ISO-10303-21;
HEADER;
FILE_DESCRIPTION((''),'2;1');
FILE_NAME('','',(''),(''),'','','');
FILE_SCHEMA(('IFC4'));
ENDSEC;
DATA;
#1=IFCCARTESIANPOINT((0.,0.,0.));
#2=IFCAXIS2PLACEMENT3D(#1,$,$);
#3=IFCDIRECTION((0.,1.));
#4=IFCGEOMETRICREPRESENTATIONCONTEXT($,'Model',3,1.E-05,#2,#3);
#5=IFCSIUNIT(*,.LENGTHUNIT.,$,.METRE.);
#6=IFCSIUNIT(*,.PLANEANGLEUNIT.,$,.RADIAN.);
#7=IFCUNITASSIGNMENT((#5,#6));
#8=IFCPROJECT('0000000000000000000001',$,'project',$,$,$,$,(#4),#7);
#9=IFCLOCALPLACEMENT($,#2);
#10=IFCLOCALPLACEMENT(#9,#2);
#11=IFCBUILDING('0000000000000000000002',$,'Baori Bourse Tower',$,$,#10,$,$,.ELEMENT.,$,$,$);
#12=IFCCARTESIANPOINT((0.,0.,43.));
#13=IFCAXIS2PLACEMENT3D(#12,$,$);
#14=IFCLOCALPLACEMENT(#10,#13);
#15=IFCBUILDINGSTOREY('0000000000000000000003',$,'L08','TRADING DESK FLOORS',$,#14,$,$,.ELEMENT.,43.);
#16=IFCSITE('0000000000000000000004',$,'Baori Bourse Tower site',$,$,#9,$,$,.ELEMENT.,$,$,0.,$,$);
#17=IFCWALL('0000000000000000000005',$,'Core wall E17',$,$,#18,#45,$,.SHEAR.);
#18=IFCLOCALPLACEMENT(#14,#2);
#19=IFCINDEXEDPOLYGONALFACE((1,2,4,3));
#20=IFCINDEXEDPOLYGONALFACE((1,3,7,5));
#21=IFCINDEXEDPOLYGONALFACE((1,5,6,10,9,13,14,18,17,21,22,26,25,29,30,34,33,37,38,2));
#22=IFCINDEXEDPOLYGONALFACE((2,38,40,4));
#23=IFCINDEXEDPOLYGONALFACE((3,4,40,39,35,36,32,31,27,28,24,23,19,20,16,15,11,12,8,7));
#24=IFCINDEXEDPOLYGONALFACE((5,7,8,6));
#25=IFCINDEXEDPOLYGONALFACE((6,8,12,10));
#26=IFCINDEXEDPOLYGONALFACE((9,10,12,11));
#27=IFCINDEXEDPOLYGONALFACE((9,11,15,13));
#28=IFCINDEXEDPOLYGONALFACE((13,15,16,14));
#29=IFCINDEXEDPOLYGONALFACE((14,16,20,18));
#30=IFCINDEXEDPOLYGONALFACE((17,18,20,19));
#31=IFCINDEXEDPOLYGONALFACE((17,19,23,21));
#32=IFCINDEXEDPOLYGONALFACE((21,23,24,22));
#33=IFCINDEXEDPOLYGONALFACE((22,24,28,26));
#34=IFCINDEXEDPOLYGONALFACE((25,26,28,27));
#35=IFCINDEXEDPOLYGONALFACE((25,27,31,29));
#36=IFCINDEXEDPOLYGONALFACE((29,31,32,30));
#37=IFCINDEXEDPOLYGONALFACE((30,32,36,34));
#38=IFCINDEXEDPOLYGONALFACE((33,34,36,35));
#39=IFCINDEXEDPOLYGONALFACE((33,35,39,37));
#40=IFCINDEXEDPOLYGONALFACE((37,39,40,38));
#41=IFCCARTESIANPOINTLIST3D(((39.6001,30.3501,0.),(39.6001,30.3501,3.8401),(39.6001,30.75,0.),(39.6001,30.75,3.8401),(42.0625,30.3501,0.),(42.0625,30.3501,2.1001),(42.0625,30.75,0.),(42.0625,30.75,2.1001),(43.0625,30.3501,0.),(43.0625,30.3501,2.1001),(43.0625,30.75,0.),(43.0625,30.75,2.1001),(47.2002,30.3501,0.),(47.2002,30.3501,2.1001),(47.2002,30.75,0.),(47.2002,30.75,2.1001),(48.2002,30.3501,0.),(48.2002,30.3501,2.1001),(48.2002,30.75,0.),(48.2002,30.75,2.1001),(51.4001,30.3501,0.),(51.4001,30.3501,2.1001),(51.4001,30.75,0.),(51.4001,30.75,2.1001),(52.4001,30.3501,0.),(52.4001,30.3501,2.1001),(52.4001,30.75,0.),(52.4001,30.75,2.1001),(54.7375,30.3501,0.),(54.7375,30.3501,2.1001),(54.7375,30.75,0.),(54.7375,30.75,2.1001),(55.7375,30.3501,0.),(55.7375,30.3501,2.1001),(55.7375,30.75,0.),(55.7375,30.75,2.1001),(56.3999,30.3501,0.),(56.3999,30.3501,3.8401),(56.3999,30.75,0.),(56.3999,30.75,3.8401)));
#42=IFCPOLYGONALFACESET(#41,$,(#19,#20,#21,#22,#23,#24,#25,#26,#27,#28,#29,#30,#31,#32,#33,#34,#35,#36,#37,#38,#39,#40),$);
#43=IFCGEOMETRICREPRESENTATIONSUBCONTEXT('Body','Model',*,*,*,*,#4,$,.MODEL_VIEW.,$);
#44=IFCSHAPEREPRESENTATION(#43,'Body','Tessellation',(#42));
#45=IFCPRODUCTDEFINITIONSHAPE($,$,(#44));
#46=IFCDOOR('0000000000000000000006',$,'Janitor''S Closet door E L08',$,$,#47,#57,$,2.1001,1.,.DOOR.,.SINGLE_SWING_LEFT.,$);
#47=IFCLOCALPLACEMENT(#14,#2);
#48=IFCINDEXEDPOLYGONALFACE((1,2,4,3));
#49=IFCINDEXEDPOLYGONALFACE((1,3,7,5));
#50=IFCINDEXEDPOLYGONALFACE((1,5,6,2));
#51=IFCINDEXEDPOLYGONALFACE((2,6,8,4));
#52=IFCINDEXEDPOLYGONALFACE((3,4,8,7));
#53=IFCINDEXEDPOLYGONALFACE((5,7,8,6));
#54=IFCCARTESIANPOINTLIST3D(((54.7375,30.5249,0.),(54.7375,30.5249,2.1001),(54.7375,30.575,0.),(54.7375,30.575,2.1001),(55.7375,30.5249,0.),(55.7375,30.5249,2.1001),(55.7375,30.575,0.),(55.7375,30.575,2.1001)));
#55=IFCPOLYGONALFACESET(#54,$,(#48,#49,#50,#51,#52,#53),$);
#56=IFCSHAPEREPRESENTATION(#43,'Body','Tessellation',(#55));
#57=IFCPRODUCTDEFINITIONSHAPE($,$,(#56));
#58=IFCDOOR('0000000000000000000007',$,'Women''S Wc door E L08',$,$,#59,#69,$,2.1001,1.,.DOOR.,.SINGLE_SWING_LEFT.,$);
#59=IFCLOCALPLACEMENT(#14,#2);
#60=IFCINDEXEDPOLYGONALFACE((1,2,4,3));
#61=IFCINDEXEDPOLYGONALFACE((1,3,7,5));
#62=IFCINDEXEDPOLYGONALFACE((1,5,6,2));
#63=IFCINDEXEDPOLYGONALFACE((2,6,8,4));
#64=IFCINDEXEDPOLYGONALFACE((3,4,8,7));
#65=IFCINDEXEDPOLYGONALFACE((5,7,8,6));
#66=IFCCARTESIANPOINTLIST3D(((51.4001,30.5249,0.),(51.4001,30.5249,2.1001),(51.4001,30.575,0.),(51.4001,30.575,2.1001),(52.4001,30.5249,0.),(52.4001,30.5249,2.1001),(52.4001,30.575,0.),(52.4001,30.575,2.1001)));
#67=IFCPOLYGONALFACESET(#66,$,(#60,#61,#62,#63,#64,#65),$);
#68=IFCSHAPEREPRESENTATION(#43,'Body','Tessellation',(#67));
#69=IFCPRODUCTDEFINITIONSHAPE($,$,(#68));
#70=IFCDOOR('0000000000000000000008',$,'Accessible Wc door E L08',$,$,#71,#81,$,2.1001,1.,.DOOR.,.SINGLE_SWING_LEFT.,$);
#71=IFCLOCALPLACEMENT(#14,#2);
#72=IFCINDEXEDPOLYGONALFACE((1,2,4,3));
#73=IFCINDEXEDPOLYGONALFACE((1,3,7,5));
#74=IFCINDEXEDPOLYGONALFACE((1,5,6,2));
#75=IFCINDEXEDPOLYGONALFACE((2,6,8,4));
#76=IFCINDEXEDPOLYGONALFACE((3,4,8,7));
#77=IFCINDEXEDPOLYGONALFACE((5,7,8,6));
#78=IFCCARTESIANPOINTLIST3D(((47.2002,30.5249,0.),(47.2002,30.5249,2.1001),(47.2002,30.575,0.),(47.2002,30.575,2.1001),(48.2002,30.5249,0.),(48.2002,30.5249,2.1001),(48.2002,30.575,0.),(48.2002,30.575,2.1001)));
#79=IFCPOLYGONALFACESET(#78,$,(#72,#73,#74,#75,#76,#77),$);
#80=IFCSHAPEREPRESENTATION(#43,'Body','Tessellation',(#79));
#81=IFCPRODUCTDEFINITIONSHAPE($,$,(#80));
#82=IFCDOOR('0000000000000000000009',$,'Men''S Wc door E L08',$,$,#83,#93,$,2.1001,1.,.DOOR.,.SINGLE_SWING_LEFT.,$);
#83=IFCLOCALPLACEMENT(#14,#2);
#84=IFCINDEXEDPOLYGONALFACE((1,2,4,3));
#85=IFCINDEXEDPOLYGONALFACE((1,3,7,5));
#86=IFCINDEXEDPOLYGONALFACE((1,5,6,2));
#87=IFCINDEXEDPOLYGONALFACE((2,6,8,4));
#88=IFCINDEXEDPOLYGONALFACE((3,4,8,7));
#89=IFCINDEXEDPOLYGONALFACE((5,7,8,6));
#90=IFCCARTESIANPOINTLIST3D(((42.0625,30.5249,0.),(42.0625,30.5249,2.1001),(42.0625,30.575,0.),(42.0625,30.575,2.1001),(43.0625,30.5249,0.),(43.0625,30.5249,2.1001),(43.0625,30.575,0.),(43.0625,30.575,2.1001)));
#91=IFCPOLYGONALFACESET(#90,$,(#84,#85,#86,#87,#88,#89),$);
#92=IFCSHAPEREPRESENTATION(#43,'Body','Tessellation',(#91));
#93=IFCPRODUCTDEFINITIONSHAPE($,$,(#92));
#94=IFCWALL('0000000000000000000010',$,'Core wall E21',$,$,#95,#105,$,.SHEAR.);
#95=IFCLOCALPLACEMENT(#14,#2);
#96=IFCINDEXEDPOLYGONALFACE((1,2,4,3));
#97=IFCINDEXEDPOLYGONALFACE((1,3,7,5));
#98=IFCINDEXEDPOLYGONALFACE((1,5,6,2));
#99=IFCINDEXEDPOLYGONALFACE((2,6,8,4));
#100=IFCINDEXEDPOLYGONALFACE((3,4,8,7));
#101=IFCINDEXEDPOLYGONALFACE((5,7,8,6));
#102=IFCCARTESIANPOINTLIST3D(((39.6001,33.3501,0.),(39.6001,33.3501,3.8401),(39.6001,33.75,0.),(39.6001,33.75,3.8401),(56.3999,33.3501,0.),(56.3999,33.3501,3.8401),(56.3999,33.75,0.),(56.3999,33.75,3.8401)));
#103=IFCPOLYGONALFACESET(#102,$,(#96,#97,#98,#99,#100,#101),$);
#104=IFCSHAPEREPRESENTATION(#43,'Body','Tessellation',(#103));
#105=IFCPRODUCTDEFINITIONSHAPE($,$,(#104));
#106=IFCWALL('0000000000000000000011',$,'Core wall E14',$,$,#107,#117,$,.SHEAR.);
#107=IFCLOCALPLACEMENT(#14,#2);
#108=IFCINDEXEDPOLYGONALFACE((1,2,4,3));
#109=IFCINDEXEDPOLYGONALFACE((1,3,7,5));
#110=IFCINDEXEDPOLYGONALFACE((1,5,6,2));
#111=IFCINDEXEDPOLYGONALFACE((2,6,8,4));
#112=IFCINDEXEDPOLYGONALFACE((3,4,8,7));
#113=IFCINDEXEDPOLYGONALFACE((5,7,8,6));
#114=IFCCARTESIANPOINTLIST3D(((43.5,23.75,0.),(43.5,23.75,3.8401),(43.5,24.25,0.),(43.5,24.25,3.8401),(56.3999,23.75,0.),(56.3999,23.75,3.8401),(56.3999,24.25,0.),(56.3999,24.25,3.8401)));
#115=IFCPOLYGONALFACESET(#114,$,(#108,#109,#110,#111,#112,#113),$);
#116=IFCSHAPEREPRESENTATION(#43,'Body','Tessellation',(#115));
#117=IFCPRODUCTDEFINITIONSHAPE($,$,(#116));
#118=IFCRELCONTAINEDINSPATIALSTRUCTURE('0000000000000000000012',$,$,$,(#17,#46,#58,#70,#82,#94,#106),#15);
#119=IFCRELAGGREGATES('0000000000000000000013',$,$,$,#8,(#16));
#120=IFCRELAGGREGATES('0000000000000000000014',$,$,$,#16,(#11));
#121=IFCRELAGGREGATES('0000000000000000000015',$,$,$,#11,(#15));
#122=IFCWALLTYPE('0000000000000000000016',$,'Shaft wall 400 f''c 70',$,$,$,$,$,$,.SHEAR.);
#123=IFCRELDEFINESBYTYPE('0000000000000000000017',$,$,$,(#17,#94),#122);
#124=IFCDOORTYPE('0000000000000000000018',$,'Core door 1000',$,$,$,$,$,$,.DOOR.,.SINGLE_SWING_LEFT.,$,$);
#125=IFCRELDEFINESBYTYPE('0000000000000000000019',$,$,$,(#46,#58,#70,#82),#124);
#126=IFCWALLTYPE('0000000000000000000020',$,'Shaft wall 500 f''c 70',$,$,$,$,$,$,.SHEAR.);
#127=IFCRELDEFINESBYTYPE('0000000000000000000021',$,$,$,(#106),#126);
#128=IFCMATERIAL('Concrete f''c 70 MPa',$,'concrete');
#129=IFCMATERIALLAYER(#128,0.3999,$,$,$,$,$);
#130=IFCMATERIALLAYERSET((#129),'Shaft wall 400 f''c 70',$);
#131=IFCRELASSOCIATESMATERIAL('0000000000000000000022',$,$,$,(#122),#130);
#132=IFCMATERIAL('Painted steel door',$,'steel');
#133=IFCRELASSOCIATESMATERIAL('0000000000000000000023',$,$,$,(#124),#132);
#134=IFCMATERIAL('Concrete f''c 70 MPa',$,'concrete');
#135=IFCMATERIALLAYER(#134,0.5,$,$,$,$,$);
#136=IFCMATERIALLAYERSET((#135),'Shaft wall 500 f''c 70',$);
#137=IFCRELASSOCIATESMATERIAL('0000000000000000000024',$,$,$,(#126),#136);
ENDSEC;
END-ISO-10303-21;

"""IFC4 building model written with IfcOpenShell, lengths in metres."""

from ifc_helpers import new_model, si_unit, direction, frame, frame_2d, origin, place, context, subcontext, project, spatial, rectangle, extrude, material, layer, layer_set, type_object, element, fill, save


model = new_model("IFC4")

# Units and contexts
model_context = context("Model", 3, precision=1e-05, world=origin(), true_north=direction((0.0, 1.0)))
body_context = subcontext(model_context, "Body", "Model", "MODEL_VIEW")
ifc_project = project(units=[si_unit("LENGTHUNIT", "METRE"), si_unit("PLANEANGLEUNIT", "RADIAN")], contexts=[model_context])

# Site, building, storey
site_placement = place(None, origin())
site = spatial("IfcSite", under=ifc_project, at=site_placement, Name="Baori Bourse Tower site", CompositionType="ELEMENT", RefElevation=0.0)
building_placement = place(site_placement, origin())
building = spatial("IfcBuilding", under=site, at=building_placement, Name="Baori Bourse Tower", CompositionType="ELEMENT")
storey_placement = place(building_placement, frame((0.0, 0.0, 43.0)))
storey = spatial("IfcBuildingStorey", under=building, at=storey_placement, Name="L08", Description="TRADING DESK FLOORS", CompositionType="ELEMENT", Elevation=43.0)

# Wall, openings, doors
ifc_material_1 = material(Name="Concrete f'c 70 MPa", Category="concrete")
ifc_layer_1 = layer(ifc_material_1, 0.3999)
ifc_layer_set_1 = layer_set([ifc_layer_1], Name="Shaft wall 400 f'c 70")
wall_type_1 = type_object("IfcWallType", Name="Shaft wall 400 f'c 70", PredefinedType="SHEAR", material=ifc_layer_set_1)
wall_1_placement = place(storey_placement, frame((39.6001, 30.55, 0.0), z_axis=(0.0, 0.0, 1.0), x_axis=(1.0, 0.0, 0.0)))
wall_1 = element("IfcWall", 1, at=wall_1_placement, inside=storey, type_object=wall_type_1, Name="Core wall E17", PredefinedType="SHEAR", context=body_context, shape_type="SweptSolid", body=[
    extrude(rectangle(XDim=16.7998, YDim=0.3999, at=frame_2d((8.3999, 0.0))), origin(), (0.0, 0.0, 1.0), 3.8401),
])
opening_1_placement = place(wall_1_placement, frame((15.1375, 0.0, 0.0)))
opening_1 = element("IfcOpeningElement", 2, at=opening_1_placement, cuts=wall_1, PredefinedType="OPENING", context=body_context, shape_type="SweptSolid", body=[
    extrude(rectangle(XDim=1.0, YDim=2.1001, at=frame_2d((0.5, 1.05))), frame((0.0, 0.21, 0.0), z_axis=(0.0, -1.0, 0.0), x_axis=(1.0, 0.0, 0.0)), (0.0, 0.0, 1.0), 0.4199),
])
opening_2_placement = place(wall_1_placement, frame((11.8, 0.0, 0.0)))
opening_2 = element("IfcOpeningElement", 3, at=opening_2_placement, cuts=wall_1, PredefinedType="OPENING", context=body_context, shape_type="SweptSolid", body=[
    extrude(rectangle(XDim=1.0, YDim=2.1001, at=frame_2d((0.5, 1.05))), frame((0.0, 0.21, 0.0), z_axis=(0.0, -1.0, 0.0), x_axis=(1.0, 0.0, 0.0)), (0.0, 0.0, 1.0), 0.4199),
])
opening_3_placement = place(wall_1_placement, frame((7.6001, 0.0, 0.0)))
opening_3 = element("IfcOpeningElement", 4, at=opening_3_placement, cuts=wall_1, PredefinedType="OPENING", context=body_context, shape_type="SweptSolid", body=[
    extrude(rectangle(XDim=1.0, YDim=2.1001, at=frame_2d((0.5, 1.05))), frame((0.0, 0.21, 0.0), z_axis=(0.0, -1.0, 0.0), x_axis=(1.0, 0.0, 0.0)), (0.0, 0.0, 1.0), 0.4199),
])
opening_4_placement = place(wall_1_placement, frame((2.4624, 0.0, 0.0)))
opening_4 = element("IfcOpeningElement", 5, at=opening_4_placement, cuts=wall_1, PredefinedType="OPENING", context=body_context, shape_type="SweptSolid", body=[
    extrude(rectangle(XDim=1.0, YDim=2.1001, at=frame_2d((0.5, 1.05))), frame((0.0, 0.21, 0.0), z_axis=(0.0, -1.0, 0.0), x_axis=(1.0, 0.0, 0.0)), (0.0, 0.0, 1.0), 0.4199),
])
ifc_material_2 = material(Name="Painted steel door", Category="steel")
door_type_1 = type_object("IfcDoorType", Name="Core door 1000", OperationType="SINGLE_SWING_LEFT", PredefinedType="DOOR", material=ifc_material_2)
door_1_placement = place(opening_1_placement, origin())
door_1 = element("IfcDoor", 6, at=door_1_placement, inside=storey, type_object=door_type_1, Name="Janitor'S Closet door E L08", OperationType="SINGLE_SWING_LEFT", OverallHeight=2.1001, OverallWidth=1.0, PredefinedType="DOOR", context=body_context, shape_type="SweptSolid", body=[
    extrude(rectangle(XDim=1.0, YDim=2.1001, at=frame_2d((0.5, 1.05))), frame((0.0, 0.0249, 0.0), z_axis=(0.0, -1.0, 0.0), x_axis=(1.0, 0.0, 0.0)), (0.0, 0.0, 1.0), 0.05),
])
fill(opening_1, door_1)
door_2_placement = place(opening_2_placement, origin())
door_2 = element("IfcDoor", 7, at=door_2_placement, inside=storey, type_object=door_type_1, Name="Women'S Wc door E L08", OperationType="SINGLE_SWING_LEFT", OverallHeight=2.1001, OverallWidth=1.0, PredefinedType="DOOR", context=body_context, shape_type="SweptSolid", body=[
    extrude(rectangle(XDim=1.0, YDim=2.1001, at=frame_2d((0.5, 1.05))), frame((0.0, 0.0249, 0.0), z_axis=(0.0, -1.0, 0.0), x_axis=(1.0, 0.0, 0.0)), (0.0, 0.0, 1.0), 0.05),
])
fill(opening_2, door_2)
door_3_placement = place(opening_3_placement, origin())
door_3 = element("IfcDoor", 8, at=door_3_placement, inside=storey, type_object=door_type_1, Name="Accessible Wc door E L08", OperationType="SINGLE_SWING_LEFT", OverallHeight=2.1001, OverallWidth=1.0, PredefinedType="DOOR", context=body_context, shape_type="SweptSolid", body=[
    extrude(rectangle(XDim=1.0, YDim=2.1001, at=frame_2d((0.5, 1.05))), frame((0.0, 0.0249, 0.0), z_axis=(0.0, -1.0, 0.0), x_axis=(1.0, 0.0, 0.0)), (0.0, 0.0, 1.0), 0.05),
])
fill(opening_3, door_3)
door_4_placement = place(opening_4_placement, origin())
door_4 = element("IfcDoor", 9, at=door_4_placement, inside=storey, type_object=door_type_1, Name="Men'S Wc door E L08", OperationType="SINGLE_SWING_LEFT", OverallHeight=2.1001, OverallWidth=1.0, PredefinedType="DOOR", context=body_context, shape_type="SweptSolid", body=[
    extrude(rectangle(XDim=1.0, YDim=2.1001, at=frame_2d((0.5, 1.05))), frame((0.0, 0.0249, 0.0), z_axis=(0.0, -1.0, 0.0), x_axis=(1.0, 0.0, 0.0)), (0.0, 0.0, 1.0), 0.05),
])
fill(opening_4, door_4)

# Walls
wall_2_placement = place(storey_placement, frame((39.6001, 33.55, 0.0), z_axis=(0.0, 0.0, 1.0), x_axis=(1.0, 0.0, 0.0)))
element("IfcWall", 10, at=wall_2_placement, inside=storey, type_object=wall_type_1, Name="Core wall E21", PredefinedType="SHEAR", context=body_context, shape_type="SweptSolid", body=[
    extrude(rectangle(XDim=16.7998, YDim=0.3999, at=frame_2d((8.3999, 0.0))), origin(), (0.0, 0.0, 1.0), 3.8401),
])
ifc_material_3 = material(Name="Concrete f'c 70 MPa", Category="concrete")
ifc_layer_2 = layer(ifc_material_3, 0.5)
ifc_layer_set_2 = layer_set([ifc_layer_2], Name="Shaft wall 500 f'c 70")
wall_type_2 = type_object("IfcWallType", Name="Shaft wall 500 f'c 70", PredefinedType="SHEAR", material=ifc_layer_set_2)
wall_3_placement = place(storey_placement, frame((43.5, 24.0, 0.0), z_axis=(0.0, 0.0, 1.0), x_axis=(1.0, 0.0, 0.0)))
element("IfcWall", 11, at=wall_3_placement, inside=storey, type_object=wall_type_2, Name="Core wall E14", PredefinedType="SHEAR", context=body_context, shape_type="SweptSolid", body=[
    extrude(rectangle(XDim=12.8999, YDim=0.5, at=frame_2d((6.45, 0.0))), origin(), (0.0, 0.0, 1.0), 3.8401),
])

save(model, "model.ifc")
